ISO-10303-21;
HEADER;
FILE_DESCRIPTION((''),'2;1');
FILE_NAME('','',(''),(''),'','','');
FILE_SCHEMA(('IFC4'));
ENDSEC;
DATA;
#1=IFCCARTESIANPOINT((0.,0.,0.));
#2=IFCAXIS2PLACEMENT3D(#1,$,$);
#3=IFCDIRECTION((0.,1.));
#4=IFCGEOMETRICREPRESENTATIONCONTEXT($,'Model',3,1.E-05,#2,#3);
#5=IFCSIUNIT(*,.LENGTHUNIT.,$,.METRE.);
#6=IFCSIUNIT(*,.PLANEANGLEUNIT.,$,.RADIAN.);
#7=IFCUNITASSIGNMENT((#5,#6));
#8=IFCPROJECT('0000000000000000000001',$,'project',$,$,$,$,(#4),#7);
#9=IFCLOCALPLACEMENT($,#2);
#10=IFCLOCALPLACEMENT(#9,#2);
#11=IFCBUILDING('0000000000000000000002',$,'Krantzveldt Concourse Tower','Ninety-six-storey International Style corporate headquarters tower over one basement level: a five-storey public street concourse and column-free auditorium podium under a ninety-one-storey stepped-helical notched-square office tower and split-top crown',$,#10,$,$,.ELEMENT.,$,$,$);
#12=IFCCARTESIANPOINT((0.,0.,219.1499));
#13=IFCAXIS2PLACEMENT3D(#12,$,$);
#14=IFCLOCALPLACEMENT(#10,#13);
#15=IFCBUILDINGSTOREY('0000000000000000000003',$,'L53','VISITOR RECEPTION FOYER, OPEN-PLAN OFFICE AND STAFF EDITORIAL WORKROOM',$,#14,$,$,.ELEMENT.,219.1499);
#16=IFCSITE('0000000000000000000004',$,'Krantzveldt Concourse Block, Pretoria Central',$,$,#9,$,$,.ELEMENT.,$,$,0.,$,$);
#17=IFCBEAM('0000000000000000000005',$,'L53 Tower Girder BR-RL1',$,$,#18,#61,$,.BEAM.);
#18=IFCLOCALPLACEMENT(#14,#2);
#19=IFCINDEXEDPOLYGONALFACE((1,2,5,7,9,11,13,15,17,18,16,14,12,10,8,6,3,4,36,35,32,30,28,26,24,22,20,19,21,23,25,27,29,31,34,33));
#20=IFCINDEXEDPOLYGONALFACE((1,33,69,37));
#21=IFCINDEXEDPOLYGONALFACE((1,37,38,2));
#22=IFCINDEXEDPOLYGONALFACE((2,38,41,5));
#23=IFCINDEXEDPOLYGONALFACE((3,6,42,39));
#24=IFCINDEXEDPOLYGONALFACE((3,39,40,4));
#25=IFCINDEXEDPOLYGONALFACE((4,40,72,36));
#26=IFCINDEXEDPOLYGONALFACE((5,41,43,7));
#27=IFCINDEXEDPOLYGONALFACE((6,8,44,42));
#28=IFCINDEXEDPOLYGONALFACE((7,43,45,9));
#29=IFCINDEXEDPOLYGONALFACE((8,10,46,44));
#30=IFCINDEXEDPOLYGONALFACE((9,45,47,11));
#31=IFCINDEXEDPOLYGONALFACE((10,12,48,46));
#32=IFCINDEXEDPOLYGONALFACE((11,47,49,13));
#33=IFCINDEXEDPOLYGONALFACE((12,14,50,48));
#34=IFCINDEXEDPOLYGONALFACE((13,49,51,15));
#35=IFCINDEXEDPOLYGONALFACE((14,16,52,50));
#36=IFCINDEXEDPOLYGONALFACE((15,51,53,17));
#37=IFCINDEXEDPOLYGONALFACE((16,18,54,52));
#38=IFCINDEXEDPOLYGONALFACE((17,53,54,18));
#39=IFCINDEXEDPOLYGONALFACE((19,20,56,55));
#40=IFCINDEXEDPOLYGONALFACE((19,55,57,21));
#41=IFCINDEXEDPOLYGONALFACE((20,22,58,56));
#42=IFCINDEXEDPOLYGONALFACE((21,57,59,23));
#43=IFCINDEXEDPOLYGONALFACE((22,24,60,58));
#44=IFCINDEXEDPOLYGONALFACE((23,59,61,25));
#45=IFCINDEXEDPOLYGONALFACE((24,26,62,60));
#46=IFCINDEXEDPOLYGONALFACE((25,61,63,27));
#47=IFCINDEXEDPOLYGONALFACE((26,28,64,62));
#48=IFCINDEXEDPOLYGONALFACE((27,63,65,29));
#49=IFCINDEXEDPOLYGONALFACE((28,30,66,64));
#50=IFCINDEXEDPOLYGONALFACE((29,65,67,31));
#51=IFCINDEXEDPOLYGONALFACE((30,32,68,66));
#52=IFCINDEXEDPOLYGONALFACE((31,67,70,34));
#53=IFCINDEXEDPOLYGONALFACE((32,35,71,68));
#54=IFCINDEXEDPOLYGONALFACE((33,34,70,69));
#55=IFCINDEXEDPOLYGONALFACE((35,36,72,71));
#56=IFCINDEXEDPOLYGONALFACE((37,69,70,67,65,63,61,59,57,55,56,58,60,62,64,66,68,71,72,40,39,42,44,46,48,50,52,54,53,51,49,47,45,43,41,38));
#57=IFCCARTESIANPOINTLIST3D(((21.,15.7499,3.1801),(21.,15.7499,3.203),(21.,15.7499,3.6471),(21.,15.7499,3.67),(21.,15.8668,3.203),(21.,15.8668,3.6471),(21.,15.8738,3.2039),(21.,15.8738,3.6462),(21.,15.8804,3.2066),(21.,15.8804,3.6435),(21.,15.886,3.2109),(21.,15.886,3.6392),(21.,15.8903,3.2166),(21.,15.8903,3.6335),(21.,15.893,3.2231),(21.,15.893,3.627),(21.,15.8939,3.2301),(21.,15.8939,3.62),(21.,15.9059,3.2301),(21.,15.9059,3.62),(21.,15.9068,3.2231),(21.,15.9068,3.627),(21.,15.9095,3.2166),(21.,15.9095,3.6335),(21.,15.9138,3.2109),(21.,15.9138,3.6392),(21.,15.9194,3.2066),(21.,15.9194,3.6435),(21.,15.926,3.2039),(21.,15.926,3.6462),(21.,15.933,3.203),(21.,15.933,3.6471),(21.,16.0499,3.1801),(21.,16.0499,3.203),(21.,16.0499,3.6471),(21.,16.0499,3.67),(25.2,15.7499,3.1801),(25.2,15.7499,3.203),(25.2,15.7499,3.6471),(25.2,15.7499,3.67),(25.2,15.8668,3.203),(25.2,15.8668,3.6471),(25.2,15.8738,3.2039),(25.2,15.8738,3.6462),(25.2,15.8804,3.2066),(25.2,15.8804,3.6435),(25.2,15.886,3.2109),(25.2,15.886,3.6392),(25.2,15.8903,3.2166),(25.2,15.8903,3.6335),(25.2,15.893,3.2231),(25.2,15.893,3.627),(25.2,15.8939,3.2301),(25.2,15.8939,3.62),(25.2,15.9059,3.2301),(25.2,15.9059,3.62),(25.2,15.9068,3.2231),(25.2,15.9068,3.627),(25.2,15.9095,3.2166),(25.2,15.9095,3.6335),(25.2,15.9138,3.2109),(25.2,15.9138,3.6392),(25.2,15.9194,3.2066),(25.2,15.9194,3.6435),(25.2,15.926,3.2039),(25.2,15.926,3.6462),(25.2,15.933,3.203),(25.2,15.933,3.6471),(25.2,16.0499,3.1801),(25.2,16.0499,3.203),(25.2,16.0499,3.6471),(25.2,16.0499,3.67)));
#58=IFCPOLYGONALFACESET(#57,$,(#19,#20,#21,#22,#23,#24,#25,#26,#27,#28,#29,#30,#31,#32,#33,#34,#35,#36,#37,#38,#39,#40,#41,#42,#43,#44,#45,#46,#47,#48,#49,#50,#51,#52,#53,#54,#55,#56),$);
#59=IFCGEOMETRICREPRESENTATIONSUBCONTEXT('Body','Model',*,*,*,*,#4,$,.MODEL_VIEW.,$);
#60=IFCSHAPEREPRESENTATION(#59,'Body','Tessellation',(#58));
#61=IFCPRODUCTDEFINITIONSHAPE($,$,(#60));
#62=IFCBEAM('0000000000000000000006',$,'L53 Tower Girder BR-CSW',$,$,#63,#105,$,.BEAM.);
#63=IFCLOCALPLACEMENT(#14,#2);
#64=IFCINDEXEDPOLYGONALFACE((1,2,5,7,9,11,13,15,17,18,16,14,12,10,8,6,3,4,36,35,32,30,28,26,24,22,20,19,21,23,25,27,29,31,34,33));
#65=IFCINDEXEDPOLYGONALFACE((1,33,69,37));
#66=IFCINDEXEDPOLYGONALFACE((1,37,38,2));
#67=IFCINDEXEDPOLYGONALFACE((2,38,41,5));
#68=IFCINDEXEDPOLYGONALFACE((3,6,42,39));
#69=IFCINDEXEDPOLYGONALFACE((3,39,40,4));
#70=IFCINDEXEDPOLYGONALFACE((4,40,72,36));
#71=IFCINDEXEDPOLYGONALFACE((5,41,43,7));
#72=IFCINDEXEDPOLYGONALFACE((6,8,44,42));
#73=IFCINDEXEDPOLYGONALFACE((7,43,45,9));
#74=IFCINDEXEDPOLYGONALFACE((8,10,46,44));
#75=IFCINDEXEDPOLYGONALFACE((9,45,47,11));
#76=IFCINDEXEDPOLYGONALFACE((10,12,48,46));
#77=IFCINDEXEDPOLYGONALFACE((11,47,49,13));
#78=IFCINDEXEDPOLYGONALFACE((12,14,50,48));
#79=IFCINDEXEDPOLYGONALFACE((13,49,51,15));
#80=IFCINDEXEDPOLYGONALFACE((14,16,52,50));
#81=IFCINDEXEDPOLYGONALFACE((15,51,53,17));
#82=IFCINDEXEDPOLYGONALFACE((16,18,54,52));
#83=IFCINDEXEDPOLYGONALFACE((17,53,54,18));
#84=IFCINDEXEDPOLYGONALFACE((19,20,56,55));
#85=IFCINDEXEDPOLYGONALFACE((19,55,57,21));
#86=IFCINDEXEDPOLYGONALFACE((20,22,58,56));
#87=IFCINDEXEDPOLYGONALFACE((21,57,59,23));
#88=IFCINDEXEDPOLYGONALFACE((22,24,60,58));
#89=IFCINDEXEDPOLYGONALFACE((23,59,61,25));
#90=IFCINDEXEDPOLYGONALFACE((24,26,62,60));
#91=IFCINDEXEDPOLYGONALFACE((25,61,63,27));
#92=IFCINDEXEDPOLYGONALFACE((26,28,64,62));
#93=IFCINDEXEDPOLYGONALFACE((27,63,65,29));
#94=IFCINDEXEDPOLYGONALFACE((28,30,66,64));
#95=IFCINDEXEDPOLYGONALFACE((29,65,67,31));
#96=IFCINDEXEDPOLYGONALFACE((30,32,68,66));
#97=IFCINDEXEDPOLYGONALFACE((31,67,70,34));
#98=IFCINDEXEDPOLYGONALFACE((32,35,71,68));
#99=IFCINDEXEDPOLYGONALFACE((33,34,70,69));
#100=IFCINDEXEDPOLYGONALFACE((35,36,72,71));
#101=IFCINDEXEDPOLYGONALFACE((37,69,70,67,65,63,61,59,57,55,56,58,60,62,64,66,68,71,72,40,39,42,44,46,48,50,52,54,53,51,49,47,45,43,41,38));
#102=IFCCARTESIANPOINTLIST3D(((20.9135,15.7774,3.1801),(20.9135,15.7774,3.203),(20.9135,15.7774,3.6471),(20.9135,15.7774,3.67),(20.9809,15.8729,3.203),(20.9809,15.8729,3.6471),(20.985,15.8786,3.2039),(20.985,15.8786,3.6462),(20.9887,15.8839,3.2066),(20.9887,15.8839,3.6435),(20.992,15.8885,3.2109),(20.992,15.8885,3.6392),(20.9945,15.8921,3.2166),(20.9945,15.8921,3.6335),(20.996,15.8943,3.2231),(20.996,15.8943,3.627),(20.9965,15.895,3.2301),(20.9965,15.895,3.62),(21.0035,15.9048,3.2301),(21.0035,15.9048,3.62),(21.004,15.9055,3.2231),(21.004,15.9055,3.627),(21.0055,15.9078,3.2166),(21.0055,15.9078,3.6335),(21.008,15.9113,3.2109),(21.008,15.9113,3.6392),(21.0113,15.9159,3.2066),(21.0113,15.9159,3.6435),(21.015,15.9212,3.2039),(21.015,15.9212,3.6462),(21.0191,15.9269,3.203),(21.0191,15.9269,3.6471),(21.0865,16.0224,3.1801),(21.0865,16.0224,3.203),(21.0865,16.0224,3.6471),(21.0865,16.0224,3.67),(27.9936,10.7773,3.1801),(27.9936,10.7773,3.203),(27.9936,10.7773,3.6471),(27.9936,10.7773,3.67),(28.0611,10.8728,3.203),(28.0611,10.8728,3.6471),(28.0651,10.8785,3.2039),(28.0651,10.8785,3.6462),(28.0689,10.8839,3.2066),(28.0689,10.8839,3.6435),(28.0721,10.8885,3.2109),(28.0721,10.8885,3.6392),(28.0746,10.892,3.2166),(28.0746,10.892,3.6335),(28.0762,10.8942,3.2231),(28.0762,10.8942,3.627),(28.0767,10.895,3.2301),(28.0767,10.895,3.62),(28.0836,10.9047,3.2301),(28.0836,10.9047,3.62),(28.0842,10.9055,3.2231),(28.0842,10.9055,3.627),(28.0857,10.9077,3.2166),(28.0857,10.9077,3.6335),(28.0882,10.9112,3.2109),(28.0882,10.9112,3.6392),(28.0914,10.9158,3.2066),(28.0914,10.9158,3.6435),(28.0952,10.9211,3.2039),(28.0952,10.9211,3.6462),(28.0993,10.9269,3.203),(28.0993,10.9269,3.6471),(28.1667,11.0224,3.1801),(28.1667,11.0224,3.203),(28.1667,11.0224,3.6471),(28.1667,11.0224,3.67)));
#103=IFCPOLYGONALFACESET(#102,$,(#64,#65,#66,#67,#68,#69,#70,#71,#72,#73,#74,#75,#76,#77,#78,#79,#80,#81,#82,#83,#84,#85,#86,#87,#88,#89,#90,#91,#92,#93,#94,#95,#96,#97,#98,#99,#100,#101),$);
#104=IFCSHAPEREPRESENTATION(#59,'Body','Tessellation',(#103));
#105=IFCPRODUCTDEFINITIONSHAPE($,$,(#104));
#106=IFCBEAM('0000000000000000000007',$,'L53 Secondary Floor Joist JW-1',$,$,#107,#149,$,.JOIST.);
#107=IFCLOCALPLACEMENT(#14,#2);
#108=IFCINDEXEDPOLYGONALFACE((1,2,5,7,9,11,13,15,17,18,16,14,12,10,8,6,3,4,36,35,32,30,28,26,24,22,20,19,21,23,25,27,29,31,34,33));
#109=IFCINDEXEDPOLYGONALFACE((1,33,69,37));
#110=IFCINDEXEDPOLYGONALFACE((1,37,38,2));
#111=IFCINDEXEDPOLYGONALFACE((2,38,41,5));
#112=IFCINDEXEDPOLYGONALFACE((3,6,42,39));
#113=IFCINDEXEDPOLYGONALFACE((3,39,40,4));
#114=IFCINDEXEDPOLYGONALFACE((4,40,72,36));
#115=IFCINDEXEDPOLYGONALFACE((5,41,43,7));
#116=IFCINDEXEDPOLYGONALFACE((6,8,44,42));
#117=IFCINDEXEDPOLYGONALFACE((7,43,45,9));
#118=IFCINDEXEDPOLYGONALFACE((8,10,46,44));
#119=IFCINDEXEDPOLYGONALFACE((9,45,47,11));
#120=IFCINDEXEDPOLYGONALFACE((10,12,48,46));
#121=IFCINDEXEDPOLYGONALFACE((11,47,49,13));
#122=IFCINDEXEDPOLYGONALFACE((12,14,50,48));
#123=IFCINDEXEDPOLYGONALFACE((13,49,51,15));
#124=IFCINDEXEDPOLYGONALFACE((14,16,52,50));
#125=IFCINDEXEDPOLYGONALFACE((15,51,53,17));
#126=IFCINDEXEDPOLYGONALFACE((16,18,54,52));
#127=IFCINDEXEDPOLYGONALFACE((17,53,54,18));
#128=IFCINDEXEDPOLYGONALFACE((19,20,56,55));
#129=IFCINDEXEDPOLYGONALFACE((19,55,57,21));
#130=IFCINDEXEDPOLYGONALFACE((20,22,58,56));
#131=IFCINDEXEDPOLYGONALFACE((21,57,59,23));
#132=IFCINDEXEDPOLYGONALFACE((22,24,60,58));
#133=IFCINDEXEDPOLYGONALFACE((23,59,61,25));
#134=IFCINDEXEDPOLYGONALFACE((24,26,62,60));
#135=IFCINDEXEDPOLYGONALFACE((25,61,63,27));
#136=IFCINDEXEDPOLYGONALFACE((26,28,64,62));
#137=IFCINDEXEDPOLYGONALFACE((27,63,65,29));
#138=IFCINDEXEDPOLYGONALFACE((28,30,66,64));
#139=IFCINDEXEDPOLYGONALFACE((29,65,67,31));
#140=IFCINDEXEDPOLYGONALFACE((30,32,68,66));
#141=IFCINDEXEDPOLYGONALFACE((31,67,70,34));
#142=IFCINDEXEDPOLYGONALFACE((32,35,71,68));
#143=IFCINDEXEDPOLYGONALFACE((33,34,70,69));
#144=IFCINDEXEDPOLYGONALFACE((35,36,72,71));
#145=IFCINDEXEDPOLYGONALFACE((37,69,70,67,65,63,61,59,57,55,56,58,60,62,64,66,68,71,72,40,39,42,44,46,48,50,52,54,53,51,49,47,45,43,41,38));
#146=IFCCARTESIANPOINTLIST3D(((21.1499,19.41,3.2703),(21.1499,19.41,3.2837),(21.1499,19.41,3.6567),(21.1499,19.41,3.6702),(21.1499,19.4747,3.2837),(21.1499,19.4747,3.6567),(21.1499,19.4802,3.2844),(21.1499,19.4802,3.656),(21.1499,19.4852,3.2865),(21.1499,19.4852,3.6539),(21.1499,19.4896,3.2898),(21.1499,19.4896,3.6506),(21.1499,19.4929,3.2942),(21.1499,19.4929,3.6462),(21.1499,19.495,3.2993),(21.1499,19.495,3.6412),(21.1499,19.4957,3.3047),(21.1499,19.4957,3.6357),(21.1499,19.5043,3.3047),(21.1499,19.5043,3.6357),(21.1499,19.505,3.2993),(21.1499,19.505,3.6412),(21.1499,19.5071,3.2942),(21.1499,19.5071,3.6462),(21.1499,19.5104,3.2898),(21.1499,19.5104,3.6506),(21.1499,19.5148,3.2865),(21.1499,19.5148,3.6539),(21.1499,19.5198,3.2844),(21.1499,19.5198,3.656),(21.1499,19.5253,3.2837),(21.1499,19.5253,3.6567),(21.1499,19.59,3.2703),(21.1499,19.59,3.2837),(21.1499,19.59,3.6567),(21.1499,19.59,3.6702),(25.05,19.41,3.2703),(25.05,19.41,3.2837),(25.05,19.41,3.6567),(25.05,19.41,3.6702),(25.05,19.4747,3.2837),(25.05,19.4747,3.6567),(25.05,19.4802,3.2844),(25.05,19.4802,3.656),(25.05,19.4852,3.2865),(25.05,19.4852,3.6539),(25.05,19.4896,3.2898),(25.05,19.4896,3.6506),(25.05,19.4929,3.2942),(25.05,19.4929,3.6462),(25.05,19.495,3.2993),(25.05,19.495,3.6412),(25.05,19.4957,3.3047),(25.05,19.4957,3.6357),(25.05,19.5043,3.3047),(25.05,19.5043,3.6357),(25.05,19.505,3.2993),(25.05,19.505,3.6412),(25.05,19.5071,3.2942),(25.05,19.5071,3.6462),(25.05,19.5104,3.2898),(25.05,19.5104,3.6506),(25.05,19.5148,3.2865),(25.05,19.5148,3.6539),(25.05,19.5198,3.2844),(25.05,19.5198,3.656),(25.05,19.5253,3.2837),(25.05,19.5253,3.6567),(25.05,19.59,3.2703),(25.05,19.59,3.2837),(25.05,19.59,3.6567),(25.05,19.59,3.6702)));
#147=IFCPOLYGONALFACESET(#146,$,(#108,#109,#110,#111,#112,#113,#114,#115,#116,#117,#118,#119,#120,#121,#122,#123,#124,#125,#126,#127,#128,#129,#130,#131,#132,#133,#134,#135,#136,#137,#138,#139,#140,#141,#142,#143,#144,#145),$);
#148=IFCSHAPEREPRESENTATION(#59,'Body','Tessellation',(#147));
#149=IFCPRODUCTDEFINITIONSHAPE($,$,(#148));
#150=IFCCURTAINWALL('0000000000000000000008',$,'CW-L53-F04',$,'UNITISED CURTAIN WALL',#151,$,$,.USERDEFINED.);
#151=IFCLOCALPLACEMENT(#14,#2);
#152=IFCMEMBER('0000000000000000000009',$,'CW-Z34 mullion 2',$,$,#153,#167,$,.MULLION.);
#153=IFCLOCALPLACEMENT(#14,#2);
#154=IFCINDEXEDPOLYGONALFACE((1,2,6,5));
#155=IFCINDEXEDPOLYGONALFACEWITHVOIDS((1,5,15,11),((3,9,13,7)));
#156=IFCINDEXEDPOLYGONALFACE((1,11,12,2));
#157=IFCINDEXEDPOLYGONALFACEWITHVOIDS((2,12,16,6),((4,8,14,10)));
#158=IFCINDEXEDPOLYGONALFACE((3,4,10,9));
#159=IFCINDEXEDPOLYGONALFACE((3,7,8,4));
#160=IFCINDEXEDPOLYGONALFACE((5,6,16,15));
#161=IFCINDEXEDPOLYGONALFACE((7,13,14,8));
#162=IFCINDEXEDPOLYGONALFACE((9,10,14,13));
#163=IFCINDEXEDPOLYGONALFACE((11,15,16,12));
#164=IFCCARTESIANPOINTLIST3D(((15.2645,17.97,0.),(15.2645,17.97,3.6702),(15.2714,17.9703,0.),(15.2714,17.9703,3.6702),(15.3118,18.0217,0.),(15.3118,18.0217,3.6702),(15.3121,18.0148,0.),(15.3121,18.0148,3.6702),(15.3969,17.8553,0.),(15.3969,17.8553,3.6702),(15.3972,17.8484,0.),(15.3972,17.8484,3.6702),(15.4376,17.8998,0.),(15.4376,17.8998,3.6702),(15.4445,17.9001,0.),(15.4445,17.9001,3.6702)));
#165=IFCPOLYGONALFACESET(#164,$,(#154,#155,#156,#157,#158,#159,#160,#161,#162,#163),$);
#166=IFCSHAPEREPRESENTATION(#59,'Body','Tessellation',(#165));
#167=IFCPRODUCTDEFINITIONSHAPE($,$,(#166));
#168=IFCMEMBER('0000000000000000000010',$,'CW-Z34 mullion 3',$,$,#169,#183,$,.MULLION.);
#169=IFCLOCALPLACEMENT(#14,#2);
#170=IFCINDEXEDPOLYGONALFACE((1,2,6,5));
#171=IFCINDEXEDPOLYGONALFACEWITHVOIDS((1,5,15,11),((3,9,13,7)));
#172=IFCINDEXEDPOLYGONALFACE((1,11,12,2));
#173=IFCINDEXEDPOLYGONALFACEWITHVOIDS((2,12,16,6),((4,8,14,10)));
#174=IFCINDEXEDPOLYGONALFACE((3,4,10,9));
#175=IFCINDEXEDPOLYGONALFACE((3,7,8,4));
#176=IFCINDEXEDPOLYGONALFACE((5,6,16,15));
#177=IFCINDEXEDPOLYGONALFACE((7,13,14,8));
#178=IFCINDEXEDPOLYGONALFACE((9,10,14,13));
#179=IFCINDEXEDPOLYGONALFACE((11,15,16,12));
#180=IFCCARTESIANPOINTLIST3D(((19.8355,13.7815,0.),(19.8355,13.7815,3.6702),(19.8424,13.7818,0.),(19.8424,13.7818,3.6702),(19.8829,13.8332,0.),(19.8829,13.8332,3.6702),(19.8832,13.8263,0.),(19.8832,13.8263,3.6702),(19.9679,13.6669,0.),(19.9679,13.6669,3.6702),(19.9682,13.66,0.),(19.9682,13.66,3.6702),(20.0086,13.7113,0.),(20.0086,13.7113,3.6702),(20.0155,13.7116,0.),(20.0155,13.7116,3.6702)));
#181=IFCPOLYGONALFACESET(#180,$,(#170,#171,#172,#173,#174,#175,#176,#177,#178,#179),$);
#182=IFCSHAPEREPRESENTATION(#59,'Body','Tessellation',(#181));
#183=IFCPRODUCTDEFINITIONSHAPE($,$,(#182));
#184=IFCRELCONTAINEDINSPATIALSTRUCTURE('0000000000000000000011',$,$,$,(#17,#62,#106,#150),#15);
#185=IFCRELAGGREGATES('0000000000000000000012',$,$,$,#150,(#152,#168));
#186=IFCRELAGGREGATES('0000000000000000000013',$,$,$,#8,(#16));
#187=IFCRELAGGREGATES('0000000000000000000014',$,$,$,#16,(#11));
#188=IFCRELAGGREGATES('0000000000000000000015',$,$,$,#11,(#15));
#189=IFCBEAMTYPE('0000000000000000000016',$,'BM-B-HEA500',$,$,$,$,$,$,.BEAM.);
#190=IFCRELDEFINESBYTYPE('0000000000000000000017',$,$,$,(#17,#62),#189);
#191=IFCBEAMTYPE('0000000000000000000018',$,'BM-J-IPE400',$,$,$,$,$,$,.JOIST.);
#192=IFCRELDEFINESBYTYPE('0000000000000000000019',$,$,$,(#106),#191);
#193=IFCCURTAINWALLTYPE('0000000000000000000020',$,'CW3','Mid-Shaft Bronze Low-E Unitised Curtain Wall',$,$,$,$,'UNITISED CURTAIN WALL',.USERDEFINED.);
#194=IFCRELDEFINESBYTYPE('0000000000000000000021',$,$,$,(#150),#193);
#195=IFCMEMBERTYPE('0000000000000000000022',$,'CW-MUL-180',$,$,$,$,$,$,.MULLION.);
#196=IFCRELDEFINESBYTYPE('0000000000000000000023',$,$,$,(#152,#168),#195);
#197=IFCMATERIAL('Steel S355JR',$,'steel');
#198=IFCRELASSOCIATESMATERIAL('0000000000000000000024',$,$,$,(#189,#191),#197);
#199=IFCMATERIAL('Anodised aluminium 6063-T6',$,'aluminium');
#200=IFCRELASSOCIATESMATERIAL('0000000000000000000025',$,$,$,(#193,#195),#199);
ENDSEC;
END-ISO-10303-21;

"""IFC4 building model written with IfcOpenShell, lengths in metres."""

from ifc_helpers import new_model, si_unit, direction, frame, origin, origin_2d, place, context, subcontext, project, spatial, hollow_rectangle, i_section, extrude, source, transform, mapped, material, material_profile, profile_set, type_object, type_shapes, element, aggregate, save


model = new_model("IFC4")

# Units and contexts
model_context = context("Model", 3, precision=1e-05, world=origin(), true_north=direction((0.0, 1.0)))
body_context = subcontext(model_context, "Body", "Model", "MODEL_VIEW")
ifc_project = project(units=[si_unit("LENGTHUNIT", "METRE"), si_unit("PLANEANGLEUNIT", "RADIAN")], contexts=[model_context])

# Site, building, storey
site_placement = place(None, origin())
site = spatial("IfcSite", under=ifc_project, at=site_placement, Name="Krantzveldt Concourse Block, Pretoria Central", CompositionType="ELEMENT", RefElevation=0.0)
building_placement = place(site_placement, origin())
building = spatial("IfcBuilding", under=site, at=building_placement, Name="Krantzveldt Concourse Tower", Description="Ninety-six-storey International Style corporate headquarters tower over one basement level: a five-storey public street concourse and column-free auditorium podium under a ninety-one-storey stepped-helical notched-square office tower and split-top crown", CompositionType="ELEMENT")
storey_placement = place(building_placement, frame((0.0, 0.0, 219.1499)))
storey = spatial("IfcBuildingStorey", under=building, at=storey_placement, Name="L53", Description="VISITOR RECEPTION FOYER, OPEN-PLAN OFFICE AND STAFF EDITORIAL WORKROOM", CompositionType="ELEMENT", Elevation=219.1499)

# Beams
ifc_material_1 = material(Name="Steel S355JR", Category="steel")
ifc_material_profile_1 = material_profile(ifc_material_1, i_section(OverallWidth=0.3, OverallDepth=0.49, WebThickness=0.012, FlangeThickness=0.0229, FilletRadius=0.0271, at=origin_2d()), Name="Steel S355JR", Category="steel")
ifc_profile_set_1 = profile_set([ifc_material_profile_1], Name="Steel S355JR - HEA 500")
beam_type_1 = type_object("IfcBeamType", Name="BM-B-HEA500", PredefinedType="BEAM", material=ifc_profile_set_1)
shared_shape_1 = source(origin(), body_context, "Body", "SweptSolid", [
    extrude(i_section(OverallWidth=0.3, OverallDepth=0.49, WebThickness=0.012, FlangeThickness=0.0229, FilletRadius=0.0271, at=origin_2d()), origin(), (0.0, 0.0, 1.0), 4.2),
])
beam_1_placement = place(storey_placement, frame((21.0, 15.8999, 3.425), z_axis=(1.0, 0.0, 0.0), x_axis=(0.0, 1.0, 0.0)))
element("IfcBeam", 1, at=beam_1_placement, inside=storey, type_object=beam_type_1, Name="L53 Tower Girder BR-RL1", PredefinedType="BEAM", context=body_context, shape_type="MappedRepresentation", body=[
    mapped(shared_shape_1, transform((0.0, 0.0, 0.0), x_axis=(1.0, 0.0, 0.0), y_axis=(0.0, 1.0, 0.0), z_axis=(0.0, 0.0, 1.0), scale=1.0)),
])
shared_shape_2 = source(origin(), body_context, "Body", "SweptSolid", [
    extrude(i_section(OverallWidth=0.3, OverallDepth=0.49, WebThickness=0.012, FlangeThickness=0.0229, FilletRadius=0.0271, at=origin_2d()), origin(), (0.0, 0.0, 1.0), 8.6677),
])
type_shapes(beam_type_1, [shared_shape_1, shared_shape_2])
beam_2_placement = place(storey_placement, frame((21.0, 15.8999, 3.425), z_axis=(0.816843, -0.57686, 0.0), x_axis=(0.57686, 0.816843, 0.0)))
element("IfcBeam", 2, at=beam_2_placement, inside=storey, type_object=beam_type_1, Name="L53 Tower Girder BR-CSW", PredefinedType="BEAM", context=body_context, shape_type="MappedRepresentation", body=[
    mapped(shared_shape_2, transform((0.0, 0.0, 0.0), x_axis=(1.0, 0.0, 0.0), y_axis=(0.0, 1.0, 0.0), z_axis=(0.0, 0.0, 1.0), scale=1.0)),
])
ifc_material_profile_2 = material_profile(ifc_material_1, i_section(OverallWidth=0.1799, OverallDepth=0.3999, WebThickness=0.0085, FlangeThickness=0.0134, FilletRadius=0.021, at=origin_2d()), Name="Steel S355JR", Category="steel")
ifc_profile_set_2 = profile_set([ifc_material_profile_2], Name="Steel S355JR - IPE 400")
beam_type_2 = type_object("IfcBeamType", Name="BM-J-IPE400", PredefinedType="JOIST", material=ifc_profile_set_2)
shared_shape_3 = source(origin(), body_context, "Body", "SweptSolid", [
    extrude(i_section(OverallWidth=0.1799, OverallDepth=0.3999, WebThickness=0.0085, FlangeThickness=0.0134, FilletRadius=0.021, at=origin_2d()), origin(), (0.0, 0.0, 1.0), 3.9001),
])
type_shapes(beam_type_2, [shared_shape_3])
beam_3_placement = place(storey_placement, frame((21.1499, 19.5, 3.4702), z_axis=(1.0, 0.0, 0.0), x_axis=(0.0, 1.0, 0.0)))
element("IfcBeam", 3, at=beam_3_placement, inside=storey, type_object=beam_type_2, Name="L53 Secondary Floor Joist JW-1", PredefinedType="JOIST", context=body_context, shape_type="MappedRepresentation", body=[
    mapped(shared_shape_3, transform((0.0, 0.0, 0.0), x_axis=(1.0, 0.0, 0.0), y_axis=(0.0, 1.0, 0.0), z_axis=(0.0, 0.0, 1.0), scale=1.0)),
])

# Curtain wall, members
ifc_material_2 = material(Name="Anodised aluminium 6063-T6", Category="aluminium")
curtain_wall_type = type_object("IfcCurtainWallType", Name="CW3", Description="Mid-Shaft Bronze Low-E Unitised Curtain Wall", ElementType="UNITISED CURTAIN WALL", PredefinedType="USERDEFINED", material=ifc_material_2)
curtain_wall_placement = place(storey_placement, origin())
curtain_wall = element("IfcCurtainWall", 4, at=curtain_wall_placement, inside=storey, type_object=curtain_wall_type, Name="CW-L53-F04", ObjectType="UNITISED CURTAIN WALL", PredefinedType="USERDEFINED")
ifc_material_profile_3 = material_profile(ifc_material_2, hollow_rectangle(XDim=0.0701, YDim=0.1799, WallThickness=0.0049, at=origin_2d()), Name="Anodised aluminium 6063-T6", Category="aluminium")
ifc_profile_set_3 = profile_set([ifc_material_profile_3], Name="Anodised aluminium 6063-T6 - ALU-MULL 180x70x5")
member_type_1 = type_object("IfcMemberType", Name="CW-MUL-180", PredefinedType="MULLION", material=ifc_profile_set_3)
shared_shape_4 = source(origin(), body_context, "Body", "SweptSolid", [
    extrude(hollow_rectangle(XDim=0.0701, YDim=0.1799, WallThickness=0.0049, at=origin_2d()), origin(), (0.0, 0.0, 1.0), 3.6702),
])
type_shapes(member_type_1, [shared_shape_4])
member_1_placement = place(storey_placement, frame((15.3545, 17.9351, 0.0), z_axis=(0.0, 0.0, 1.0), x_axis=(0.67559, 0.737277, 0.0)))
member_1 = element("IfcMember", 5, at=member_1_placement, type_object=member_type_1, Name="CW-Z34 mullion 2", PredefinedType="MULLION", context=body_context, shape_type="MappedRepresentation", body=[
    mapped(shared_shape_4, transform((0.0, 0.0, 0.0), x_axis=(1.0, 0.0, 0.0), y_axis=(0.0, 1.0, 0.0), z_axis=(0.0, 0.0, 1.0), scale=1.0)),
])
member_2_placement = place(storey_placement, frame((19.9255, 13.7466, 0.0), z_axis=(0.0, 0.0, 1.0), x_axis=(0.67559, 0.737277, 0.0)))
member_2 = element("IfcMember", 6, at=member_2_placement, type_object=member_type_1, Name="CW-Z34 mullion 3", PredefinedType="MULLION", context=body_context, shape_type="MappedRepresentation", body=[
    mapped(shared_shape_4, transform((0.0, 0.0, 0.0), x_axis=(1.0, 0.0, 0.0), y_axis=(0.0, 1.0, 0.0), z_axis=(0.0, 0.0, 1.0), scale=1.0)),
])

aggregate(curtain_wall, [member_1, member_2])

save(model, "model.ifc")
